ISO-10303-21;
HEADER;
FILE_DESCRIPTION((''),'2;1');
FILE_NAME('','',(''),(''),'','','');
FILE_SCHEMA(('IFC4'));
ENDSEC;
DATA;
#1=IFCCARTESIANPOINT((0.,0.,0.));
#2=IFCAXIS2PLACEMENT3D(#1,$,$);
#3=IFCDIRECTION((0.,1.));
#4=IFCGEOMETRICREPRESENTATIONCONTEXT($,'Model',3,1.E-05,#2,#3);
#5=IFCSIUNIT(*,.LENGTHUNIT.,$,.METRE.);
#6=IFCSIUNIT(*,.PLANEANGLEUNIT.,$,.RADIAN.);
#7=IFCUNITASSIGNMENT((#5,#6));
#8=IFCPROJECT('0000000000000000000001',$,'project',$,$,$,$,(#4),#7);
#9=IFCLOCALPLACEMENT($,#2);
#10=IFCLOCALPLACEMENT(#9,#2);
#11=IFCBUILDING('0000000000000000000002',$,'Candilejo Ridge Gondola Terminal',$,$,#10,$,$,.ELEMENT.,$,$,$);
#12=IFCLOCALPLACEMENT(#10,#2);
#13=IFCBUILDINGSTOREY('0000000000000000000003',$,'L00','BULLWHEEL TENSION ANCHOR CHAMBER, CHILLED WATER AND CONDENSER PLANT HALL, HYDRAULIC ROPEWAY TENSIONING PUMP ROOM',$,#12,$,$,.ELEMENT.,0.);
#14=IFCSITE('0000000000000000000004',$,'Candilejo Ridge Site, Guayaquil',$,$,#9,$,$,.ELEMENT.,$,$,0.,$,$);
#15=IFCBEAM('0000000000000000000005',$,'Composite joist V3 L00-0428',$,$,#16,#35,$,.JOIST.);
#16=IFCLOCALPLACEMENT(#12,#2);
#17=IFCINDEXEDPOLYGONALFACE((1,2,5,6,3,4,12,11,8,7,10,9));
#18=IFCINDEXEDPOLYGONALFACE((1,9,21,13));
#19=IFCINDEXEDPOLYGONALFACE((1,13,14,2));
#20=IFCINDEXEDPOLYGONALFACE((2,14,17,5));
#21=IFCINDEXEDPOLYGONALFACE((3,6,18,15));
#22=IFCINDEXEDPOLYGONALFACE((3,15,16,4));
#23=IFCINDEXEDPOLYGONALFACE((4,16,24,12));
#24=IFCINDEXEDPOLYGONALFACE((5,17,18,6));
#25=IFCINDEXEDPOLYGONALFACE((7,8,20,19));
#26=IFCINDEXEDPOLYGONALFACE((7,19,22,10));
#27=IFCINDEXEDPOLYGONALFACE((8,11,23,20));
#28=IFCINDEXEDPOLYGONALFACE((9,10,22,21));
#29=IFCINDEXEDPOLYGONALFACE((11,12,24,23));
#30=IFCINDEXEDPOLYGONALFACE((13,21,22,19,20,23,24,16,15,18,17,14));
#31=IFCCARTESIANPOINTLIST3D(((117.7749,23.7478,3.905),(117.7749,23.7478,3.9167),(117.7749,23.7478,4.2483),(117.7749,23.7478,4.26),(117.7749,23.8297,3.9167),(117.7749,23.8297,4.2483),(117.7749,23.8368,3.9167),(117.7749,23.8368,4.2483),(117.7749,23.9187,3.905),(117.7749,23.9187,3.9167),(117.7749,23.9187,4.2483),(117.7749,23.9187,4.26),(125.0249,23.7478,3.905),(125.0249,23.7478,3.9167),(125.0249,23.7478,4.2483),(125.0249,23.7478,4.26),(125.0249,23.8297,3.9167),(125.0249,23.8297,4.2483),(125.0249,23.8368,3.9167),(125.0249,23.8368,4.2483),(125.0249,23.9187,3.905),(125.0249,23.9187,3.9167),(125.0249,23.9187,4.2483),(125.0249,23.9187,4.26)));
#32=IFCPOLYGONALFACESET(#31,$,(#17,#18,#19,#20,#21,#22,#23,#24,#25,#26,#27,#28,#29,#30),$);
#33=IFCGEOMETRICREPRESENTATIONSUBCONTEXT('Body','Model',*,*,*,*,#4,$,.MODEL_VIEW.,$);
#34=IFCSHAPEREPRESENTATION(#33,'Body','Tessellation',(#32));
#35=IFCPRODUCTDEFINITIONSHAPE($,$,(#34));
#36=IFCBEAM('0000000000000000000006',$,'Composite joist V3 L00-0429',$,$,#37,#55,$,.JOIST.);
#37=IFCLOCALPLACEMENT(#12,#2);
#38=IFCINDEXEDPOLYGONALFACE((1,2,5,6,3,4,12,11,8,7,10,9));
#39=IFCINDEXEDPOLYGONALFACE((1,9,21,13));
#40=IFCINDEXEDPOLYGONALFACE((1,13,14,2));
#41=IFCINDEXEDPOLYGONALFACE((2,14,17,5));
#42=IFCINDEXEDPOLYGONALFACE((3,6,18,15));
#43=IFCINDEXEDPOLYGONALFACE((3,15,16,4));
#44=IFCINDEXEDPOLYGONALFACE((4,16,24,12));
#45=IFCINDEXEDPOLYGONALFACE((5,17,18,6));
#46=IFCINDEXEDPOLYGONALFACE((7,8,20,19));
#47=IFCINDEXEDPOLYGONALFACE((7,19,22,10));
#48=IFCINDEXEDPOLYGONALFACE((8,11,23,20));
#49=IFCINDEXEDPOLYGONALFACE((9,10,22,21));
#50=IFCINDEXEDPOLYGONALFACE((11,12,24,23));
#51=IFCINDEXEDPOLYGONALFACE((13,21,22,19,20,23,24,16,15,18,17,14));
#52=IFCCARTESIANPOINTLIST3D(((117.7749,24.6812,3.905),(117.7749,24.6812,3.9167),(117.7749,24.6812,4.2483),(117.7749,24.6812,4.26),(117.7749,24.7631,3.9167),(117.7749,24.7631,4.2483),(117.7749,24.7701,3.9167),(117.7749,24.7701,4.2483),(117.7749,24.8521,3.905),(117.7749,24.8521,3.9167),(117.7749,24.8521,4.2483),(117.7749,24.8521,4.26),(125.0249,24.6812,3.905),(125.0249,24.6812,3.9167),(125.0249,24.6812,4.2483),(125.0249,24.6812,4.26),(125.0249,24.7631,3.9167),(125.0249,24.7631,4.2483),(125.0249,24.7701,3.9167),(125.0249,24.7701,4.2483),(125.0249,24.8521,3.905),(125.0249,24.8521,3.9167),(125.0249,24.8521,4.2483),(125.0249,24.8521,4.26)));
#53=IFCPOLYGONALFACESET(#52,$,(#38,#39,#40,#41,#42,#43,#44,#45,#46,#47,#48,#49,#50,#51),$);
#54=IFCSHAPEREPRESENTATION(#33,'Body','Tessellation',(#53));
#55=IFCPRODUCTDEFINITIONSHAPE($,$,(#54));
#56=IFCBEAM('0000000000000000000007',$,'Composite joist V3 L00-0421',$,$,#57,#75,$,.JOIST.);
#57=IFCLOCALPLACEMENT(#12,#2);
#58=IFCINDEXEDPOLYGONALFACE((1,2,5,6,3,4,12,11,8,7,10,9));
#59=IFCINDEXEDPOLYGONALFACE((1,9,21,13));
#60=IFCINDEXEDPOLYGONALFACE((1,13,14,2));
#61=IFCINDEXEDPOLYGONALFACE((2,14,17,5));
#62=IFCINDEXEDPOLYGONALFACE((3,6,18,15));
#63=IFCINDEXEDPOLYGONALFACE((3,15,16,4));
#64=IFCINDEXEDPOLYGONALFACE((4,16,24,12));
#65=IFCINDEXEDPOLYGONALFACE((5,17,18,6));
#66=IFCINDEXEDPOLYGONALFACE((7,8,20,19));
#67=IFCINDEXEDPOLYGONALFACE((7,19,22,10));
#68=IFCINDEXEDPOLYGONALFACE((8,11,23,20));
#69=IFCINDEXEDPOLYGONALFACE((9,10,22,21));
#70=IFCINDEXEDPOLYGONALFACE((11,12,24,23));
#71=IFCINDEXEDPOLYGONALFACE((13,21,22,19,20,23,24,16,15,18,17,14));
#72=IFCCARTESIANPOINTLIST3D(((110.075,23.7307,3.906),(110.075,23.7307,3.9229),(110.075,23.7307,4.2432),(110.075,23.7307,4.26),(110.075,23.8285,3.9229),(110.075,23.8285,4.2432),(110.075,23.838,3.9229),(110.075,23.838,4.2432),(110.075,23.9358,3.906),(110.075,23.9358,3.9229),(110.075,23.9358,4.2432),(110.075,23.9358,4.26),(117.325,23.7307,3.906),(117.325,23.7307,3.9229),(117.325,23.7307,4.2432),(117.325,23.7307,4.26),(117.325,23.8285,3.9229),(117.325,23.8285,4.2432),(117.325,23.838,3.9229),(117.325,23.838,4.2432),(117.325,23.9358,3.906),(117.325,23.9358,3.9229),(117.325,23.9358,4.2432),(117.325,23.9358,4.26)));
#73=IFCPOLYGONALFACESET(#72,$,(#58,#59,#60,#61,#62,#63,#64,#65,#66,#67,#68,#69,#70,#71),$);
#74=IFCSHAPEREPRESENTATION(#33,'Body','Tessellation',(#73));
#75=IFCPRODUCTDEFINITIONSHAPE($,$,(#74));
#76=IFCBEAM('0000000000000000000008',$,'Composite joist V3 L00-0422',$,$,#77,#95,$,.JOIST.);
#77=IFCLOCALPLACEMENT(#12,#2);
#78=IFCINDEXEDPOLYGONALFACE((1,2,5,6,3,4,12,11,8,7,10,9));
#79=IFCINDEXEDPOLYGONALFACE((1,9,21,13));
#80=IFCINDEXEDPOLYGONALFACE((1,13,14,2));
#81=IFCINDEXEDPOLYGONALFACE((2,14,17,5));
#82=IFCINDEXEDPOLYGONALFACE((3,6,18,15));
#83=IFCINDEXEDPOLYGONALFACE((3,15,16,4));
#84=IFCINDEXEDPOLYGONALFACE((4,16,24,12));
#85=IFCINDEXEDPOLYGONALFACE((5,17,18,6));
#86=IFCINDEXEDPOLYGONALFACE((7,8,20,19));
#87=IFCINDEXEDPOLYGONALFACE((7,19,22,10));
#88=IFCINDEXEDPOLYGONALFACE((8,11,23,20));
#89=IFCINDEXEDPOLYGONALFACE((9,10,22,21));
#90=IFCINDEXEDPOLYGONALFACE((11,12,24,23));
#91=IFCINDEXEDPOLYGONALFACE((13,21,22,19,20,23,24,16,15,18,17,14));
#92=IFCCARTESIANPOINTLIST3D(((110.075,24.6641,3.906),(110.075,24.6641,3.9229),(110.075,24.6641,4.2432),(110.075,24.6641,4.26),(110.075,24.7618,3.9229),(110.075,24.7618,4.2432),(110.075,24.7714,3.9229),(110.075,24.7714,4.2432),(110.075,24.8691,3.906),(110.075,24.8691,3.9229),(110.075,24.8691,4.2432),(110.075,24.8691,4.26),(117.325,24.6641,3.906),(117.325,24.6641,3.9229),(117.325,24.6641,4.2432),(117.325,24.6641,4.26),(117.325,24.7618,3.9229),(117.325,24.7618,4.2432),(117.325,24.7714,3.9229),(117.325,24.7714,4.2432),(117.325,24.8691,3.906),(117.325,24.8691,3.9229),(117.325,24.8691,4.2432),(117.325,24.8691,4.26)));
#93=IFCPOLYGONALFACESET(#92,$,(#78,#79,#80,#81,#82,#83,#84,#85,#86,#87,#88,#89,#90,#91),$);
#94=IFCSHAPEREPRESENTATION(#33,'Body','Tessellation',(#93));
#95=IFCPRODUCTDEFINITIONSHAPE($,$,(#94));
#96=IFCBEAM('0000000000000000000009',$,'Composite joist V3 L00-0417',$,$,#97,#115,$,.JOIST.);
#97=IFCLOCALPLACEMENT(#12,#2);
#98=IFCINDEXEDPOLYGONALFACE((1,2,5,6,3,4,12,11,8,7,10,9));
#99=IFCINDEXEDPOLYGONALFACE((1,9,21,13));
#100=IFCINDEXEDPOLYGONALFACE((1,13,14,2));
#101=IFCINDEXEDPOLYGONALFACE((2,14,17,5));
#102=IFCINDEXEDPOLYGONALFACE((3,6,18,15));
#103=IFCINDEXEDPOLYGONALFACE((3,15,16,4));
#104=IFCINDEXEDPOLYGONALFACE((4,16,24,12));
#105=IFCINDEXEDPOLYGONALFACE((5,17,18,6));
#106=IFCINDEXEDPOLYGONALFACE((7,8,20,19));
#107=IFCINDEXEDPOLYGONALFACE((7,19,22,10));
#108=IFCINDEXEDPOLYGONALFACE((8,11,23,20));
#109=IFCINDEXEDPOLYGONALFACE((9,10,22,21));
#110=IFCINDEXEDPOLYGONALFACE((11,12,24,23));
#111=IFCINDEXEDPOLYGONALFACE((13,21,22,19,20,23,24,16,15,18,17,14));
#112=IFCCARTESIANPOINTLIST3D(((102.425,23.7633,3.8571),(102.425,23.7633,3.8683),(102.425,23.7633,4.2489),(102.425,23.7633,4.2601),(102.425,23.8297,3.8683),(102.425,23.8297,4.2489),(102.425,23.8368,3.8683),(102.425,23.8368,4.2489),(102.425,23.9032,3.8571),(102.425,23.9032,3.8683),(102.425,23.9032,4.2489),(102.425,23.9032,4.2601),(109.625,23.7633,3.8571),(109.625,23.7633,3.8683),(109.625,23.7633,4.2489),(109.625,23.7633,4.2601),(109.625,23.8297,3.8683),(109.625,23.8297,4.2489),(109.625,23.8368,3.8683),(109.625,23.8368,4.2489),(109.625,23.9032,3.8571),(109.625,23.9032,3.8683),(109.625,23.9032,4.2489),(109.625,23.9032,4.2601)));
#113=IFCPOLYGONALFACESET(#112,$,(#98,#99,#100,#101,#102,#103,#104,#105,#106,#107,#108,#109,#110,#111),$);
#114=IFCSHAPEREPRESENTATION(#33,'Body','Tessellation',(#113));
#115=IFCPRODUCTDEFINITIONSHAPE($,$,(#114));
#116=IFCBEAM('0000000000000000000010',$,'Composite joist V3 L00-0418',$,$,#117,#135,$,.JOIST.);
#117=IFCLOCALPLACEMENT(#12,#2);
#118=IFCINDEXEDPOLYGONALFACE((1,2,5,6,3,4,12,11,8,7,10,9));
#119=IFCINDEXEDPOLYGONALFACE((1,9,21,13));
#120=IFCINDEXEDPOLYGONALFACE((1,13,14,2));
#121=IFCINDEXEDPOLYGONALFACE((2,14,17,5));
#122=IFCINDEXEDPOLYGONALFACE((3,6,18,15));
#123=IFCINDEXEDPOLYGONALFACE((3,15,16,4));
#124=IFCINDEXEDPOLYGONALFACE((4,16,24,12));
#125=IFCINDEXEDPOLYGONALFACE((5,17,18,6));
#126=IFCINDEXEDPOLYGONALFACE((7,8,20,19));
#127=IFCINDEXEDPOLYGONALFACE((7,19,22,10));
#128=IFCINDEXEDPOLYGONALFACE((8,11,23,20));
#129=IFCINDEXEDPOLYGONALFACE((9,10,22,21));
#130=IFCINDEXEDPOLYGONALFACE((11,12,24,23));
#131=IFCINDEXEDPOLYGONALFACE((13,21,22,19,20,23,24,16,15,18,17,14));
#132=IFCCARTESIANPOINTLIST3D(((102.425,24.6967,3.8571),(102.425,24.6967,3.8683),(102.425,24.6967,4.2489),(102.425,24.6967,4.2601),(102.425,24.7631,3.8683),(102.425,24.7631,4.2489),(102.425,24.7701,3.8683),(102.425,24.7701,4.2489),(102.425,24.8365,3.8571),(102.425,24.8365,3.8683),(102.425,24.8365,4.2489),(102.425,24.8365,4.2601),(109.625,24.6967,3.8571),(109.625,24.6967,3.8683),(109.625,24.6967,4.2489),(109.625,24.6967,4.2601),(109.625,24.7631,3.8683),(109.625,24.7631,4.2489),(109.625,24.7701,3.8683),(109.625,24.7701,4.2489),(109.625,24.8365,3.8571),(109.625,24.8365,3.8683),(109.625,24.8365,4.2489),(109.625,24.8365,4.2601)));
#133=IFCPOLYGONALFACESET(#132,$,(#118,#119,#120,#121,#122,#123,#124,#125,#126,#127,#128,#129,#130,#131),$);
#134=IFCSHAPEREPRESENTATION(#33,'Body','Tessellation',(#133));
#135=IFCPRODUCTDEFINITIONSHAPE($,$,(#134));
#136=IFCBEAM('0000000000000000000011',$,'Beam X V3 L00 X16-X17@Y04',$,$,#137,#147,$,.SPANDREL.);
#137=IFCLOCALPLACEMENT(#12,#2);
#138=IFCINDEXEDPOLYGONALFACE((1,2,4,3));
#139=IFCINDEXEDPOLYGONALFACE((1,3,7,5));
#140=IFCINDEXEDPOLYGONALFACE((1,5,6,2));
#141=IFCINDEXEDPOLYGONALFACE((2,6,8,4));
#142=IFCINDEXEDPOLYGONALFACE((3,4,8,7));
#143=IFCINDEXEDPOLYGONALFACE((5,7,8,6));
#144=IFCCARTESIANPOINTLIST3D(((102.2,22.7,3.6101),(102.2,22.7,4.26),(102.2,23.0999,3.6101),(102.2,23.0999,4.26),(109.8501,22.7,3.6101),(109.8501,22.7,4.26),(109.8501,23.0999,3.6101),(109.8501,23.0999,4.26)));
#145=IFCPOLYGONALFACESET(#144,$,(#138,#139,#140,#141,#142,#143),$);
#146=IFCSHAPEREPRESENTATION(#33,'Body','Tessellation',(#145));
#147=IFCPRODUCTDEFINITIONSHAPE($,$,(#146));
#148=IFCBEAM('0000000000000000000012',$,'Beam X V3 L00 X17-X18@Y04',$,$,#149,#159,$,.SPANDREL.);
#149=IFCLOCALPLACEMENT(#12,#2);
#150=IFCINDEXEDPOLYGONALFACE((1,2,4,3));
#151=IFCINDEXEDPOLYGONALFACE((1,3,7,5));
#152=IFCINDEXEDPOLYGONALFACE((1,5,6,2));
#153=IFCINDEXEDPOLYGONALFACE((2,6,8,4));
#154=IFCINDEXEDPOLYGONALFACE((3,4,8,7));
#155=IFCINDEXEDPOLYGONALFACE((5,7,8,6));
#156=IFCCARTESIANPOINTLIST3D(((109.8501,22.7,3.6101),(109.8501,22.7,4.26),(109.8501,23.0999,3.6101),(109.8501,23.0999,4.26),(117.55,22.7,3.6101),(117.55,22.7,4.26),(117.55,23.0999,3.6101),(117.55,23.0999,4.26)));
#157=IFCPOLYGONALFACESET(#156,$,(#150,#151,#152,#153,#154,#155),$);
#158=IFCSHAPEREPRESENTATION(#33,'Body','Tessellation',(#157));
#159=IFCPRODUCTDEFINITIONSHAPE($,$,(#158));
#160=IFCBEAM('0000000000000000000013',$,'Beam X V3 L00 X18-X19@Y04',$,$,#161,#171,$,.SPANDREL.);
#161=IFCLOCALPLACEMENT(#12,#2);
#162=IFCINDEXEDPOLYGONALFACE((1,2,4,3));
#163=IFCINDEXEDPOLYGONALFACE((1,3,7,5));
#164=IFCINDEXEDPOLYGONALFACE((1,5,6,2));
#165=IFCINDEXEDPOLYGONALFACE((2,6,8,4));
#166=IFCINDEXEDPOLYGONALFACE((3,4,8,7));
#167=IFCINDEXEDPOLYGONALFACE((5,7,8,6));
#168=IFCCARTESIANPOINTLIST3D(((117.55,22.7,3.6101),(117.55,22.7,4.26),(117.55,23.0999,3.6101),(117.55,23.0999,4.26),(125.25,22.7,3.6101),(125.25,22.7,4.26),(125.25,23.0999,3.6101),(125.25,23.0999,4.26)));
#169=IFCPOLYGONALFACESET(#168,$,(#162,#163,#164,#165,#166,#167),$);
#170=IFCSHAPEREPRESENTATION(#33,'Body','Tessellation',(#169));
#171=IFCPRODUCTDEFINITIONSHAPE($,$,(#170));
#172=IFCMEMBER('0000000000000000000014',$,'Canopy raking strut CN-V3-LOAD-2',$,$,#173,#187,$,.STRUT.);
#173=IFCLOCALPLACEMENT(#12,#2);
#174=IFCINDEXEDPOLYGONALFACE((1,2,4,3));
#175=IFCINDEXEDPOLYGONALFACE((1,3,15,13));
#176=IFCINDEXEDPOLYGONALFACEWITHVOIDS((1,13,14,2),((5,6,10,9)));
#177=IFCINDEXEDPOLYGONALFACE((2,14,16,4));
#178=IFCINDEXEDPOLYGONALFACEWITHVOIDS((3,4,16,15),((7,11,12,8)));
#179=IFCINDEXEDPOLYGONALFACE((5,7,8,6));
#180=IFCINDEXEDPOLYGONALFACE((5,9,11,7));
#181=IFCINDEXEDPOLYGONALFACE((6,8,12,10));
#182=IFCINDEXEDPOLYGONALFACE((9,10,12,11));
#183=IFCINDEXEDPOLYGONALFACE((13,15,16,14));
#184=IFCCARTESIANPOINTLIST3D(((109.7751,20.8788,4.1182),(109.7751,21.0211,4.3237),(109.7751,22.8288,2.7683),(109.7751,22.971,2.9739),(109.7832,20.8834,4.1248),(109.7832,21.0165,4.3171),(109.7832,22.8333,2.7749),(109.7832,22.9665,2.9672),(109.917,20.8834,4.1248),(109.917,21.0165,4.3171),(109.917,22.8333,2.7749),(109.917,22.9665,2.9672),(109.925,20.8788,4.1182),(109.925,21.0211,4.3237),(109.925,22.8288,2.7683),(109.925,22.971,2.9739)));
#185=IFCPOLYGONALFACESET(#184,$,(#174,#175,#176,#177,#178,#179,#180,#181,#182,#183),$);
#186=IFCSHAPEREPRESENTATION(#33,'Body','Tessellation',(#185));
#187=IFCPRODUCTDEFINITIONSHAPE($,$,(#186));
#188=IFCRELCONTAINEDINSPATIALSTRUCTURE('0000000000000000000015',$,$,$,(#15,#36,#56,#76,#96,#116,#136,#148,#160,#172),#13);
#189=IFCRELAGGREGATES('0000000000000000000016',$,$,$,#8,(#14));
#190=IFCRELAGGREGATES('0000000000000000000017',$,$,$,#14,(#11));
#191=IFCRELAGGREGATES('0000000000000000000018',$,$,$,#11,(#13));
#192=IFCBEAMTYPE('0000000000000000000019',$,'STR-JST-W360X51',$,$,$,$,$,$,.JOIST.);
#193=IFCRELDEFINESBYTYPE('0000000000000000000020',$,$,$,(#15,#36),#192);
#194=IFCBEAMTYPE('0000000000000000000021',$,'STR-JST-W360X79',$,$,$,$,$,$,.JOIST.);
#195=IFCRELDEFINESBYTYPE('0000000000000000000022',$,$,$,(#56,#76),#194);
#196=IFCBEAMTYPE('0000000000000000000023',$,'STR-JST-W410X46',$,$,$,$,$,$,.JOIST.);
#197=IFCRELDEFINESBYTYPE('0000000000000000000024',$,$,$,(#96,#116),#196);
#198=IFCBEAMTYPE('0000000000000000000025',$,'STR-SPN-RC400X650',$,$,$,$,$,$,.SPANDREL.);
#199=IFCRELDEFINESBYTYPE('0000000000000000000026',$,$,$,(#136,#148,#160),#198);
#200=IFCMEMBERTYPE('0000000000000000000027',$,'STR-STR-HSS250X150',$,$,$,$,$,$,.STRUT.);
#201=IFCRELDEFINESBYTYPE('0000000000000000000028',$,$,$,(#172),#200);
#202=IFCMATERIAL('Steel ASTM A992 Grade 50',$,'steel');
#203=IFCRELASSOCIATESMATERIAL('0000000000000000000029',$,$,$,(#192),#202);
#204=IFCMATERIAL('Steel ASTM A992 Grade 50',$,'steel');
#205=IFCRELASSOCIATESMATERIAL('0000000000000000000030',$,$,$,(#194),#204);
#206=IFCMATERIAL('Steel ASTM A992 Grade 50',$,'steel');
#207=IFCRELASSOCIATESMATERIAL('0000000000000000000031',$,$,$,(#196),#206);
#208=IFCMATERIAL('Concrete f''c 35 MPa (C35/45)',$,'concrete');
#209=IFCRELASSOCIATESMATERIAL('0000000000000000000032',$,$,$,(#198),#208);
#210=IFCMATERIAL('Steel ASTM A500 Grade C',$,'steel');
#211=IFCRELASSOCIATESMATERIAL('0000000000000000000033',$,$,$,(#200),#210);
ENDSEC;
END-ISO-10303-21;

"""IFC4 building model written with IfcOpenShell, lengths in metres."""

from ifc_helpers import new_model, si_unit, direction, frame, origin, origin_2d, place, context, subcontext, project, spatial, rectangle, hollow_rectangle, i_section, extrude, material, material_profile, profile_set, type_object, element, save


model = new_model("IFC4")

# Units and contexts
model_context = context("Model", 3, precision=1e-05, world=origin(), true_north=direction((0.0, 1.0)))
body_context = subcontext(model_context, "Body", "Model", "MODEL_VIEW")
ifc_project = project(units=[si_unit("LENGTHUNIT", "METRE"), si_unit("PLANEANGLEUNIT", "RADIAN")], contexts=[model_context])

# Site, building, storey
site_placement = place(None, origin())
site = spatial("IfcSite", under=ifc_project, at=site_placement, Name="Candilejo Ridge Site, Guayaquil", CompositionType="ELEMENT", RefElevation=0.0)
building_placement = place(site_placement, origin())
building = spatial("IfcBuilding", under=site, at=building_placement, Name="Candilejo Ridge Gondola Terminal", CompositionType="ELEMENT")
storey_placement = place(building_placement, origin())
storey = spatial("IfcBuildingStorey", under=building, at=storey_placement, Name="L00", Description="BULLWHEEL TENSION ANCHOR CHAMBER, CHILLED WATER AND CONDENSER PLANT HALL, HYDRAULIC ROPEWAY TENSIONING PUMP ROOM", CompositionType="ELEMENT", Elevation=0.0)

# Beams
ifc_material_1 = material(Name="Steel ASTM A992 Grade 50", Category="steel")
ifc_material_profile_1 = material_profile(ifc_material_1, i_section(OverallWidth=0.1709, OverallDepth=0.355, WebThickness=0.0071, FlangeThickness=0.0117, at=origin_2d()))
ifc_profile_set_1 = profile_set([ifc_material_profile_1], Name="Steel ASTM A992 Grade 50")
beam_type_1 = type_object("IfcBeamType", Name="STR-JST-W360X51", PredefinedType="JOIST", material=ifc_profile_set_1)
for number, where, z_axis, x_axis, name in (
    (1, (117.7749, 23.8333, 4.0825), (1.0, 0.0, 0.0), (0.0, 1.0, 0.0), "Composite joist V3 L00-0428"),
    (2, (117.7749, 24.7666, 4.0825), (1.0, 0.0, 0.0), (0.0, 1.0, 0.0), "Composite joist V3 L00-0429"),
):
    element("IfcBeam", number, at=place(storey_placement, frame(where, z_axis=z_axis, x_axis=x_axis)), inside=storey, type_object=beam_type_1, Name=name, PredefinedType="JOIST", context=body_context, shape_type="SweptSolid", body=[
        extrude(i_section(OverallWidth=0.1709, OverallDepth=0.355, WebThickness=0.0071, FlangeThickness=0.0117, at=origin_2d()), origin(), (0.0, 0.0, 1.0), 7.25),
    ])
ifc_material_2 = material(Name="Steel ASTM A992 Grade 50", Category="steel")
ifc_material_profile_2 = material_profile(ifc_material_2, i_section(OverallWidth=0.2051, OverallDepth=0.354, WebThickness=0.0095, FlangeThickness=0.0168, at=origin_2d()))
ifc_profile_set_2 = profile_set([ifc_material_profile_2], Name="Steel ASTM A992 Grade 50")
beam_type_2 = type_object("IfcBeamType", Name="STR-JST-W360X79", PredefinedType="JOIST", material=ifc_profile_set_2)
for number, where, z_axis, x_axis, name in (
    (3, (110.075, 23.8333, 4.083), (1.0, 0.0, 0.0), (0.0, 1.0, 0.0), "Composite joist V3 L00-0421"),
    (4, (110.075, 24.7666, 4.083), (1.0, 0.0, 0.0), (0.0, 1.0, 0.0), "Composite joist V3 L00-0422"),
):
    element("IfcBeam", number, at=place(storey_placement, frame(where, z_axis=z_axis, x_axis=x_axis)), inside=storey, type_object=beam_type_2, Name=name, PredefinedType="JOIST", context=body_context, shape_type="SweptSolid", body=[
        extrude(i_section(OverallWidth=0.2051, OverallDepth=0.354, WebThickness=0.0095, FlangeThickness=0.0168, at=origin_2d()), origin(), (0.0, 0.0, 1.0), 7.25),
    ])
ifc_material_3 = material(Name="Steel ASTM A992 Grade 50", Category="steel")
ifc_material_profile_3 = material_profile(ifc_material_3, i_section(OverallWidth=0.1399, OverallDepth=0.4031, WebThickness=0.0071, FlangeThickness=0.0112, at=origin_2d()))
ifc_profile_set_3 = profile_set([ifc_material_profile_3], Name="Steel ASTM A992 Grade 50")
beam_type_3 = type_object("IfcBeamType", Name="STR-JST-W410X46", PredefinedType="JOIST", material=ifc_profile_set_3)
for number, where, z_axis, x_axis, name in (
    (5, (102.425, 23.8333, 4.0586), (1.0, 0.0, 0.0), (0.0, 1.0, 0.0), "Composite joist V3 L00-0417"),
    (6, (102.425, 24.7666, 4.0586), (1.0, 0.0, 0.0), (0.0, 1.0, 0.0), "Composite joist V3 L00-0418"),
):
    element("IfcBeam", number, at=place(storey_placement, frame(where, z_axis=z_axis, x_axis=x_axis)), inside=storey, type_object=beam_type_3, Name=name, PredefinedType="JOIST", context=body_context, shape_type="SweptSolid", body=[
        extrude(i_section(OverallWidth=0.1399, OverallDepth=0.4031, WebThickness=0.0071, FlangeThickness=0.0112, at=origin_2d()), origin(), (0.0, 0.0, 1.0), 7.2),
    ])
ifc_material_4 = material(Name="Concrete f'c 35 MPa (C35/45)", Category="concrete")
ifc_material_profile_4 = material_profile(ifc_material_4, rectangle(XDim=0.3999, YDim=0.6499, at=origin_2d()))
ifc_profile_set_4 = profile_set([ifc_material_profile_4], Name="Concrete f'c 35 MPa (C35/45)")
beam_type_4 = type_object("IfcBeamType", Name="STR-SPN-RC400X650", PredefinedType="SPANDREL", material=ifc_profile_set_4)
beam_1_placement = place(storey_placement, frame((102.2, 22.8999, 3.9351), z_axis=(1.0, 0.0, 0.0), x_axis=(0.0, 1.0, 0.0)))
element("IfcBeam", 7, at=beam_1_placement, inside=storey, type_object=beam_type_4, Name="Beam X V3 L00 X16-X17@Y04", PredefinedType="SPANDREL", context=body_context, shape_type="SweptSolid", body=[
    extrude(rectangle(XDim=0.3999, YDim=0.6499, at=origin_2d()), origin(), (0.0, 0.0, 1.0), 7.6501),
])
for number, where, z_axis, x_axis, name in (
    (8, (109.8501, 22.8999, 3.9351), (1.0, 0.0, 0.0), (0.0, 1.0, 0.0), "Beam X V3 L00 X17-X18@Y04"),
    (9, (117.55, 22.8999, 3.9351), (1.0, 0.0, 0.0), (0.0, 1.0, 0.0), "Beam X V3 L00 X18-X19@Y04"),
):
    element("IfcBeam", number, at=place(storey_placement, frame(where, z_axis=z_axis, x_axis=x_axis)), inside=storey, type_object=beam_type_4, Name=name, PredefinedType="SPANDREL", context=body_context, shape_type="SweptSolid", body=[
        extrude(rectangle(XDim=0.3999, YDim=0.6499, at=origin_2d()), origin(), (0.0, 0.0, 1.0), 7.7),
    ])

# Member
ifc_material_5 = material(Name="Steel ASTM A500 Grade C", Category="steel")
ifc_material_profile_5 = material_profile(ifc_material_5, hollow_rectangle(XDim=0.1499, YDim=0.25, WallThickness=0.0081, at=origin_2d()))
ifc_profile_set_5 = profile_set([ifc_material_profile_5], Name="Steel ASTM A500 Grade C")
member_type = type_object("IfcMemberType", Name="STR-STR-HSS250X150", PredefinedType="STRUT", material=ifc_profile_set_5)
member_placement = place(storey_placement, frame((109.8501, 22.8999, 2.8711), z_axis=(0.0, -0.822214, 0.569178), x_axis=(1.0, 0.0, 0.0)))
element("IfcMember", 10, at=member_placement, inside=storey, type_object=member_type, Name="Canopy raking strut CN-V3-LOAD-2", PredefinedType="STRUT", context=body_context, shape_type="SweptSolid", body=[
    extrude(hollow_rectangle(XDim=0.1499, YDim=0.25, WallThickness=0.0081, at=origin_2d()), origin(), (0.0, 0.0, 1.0), 2.3716),
])

save(model, "model.ifc")
